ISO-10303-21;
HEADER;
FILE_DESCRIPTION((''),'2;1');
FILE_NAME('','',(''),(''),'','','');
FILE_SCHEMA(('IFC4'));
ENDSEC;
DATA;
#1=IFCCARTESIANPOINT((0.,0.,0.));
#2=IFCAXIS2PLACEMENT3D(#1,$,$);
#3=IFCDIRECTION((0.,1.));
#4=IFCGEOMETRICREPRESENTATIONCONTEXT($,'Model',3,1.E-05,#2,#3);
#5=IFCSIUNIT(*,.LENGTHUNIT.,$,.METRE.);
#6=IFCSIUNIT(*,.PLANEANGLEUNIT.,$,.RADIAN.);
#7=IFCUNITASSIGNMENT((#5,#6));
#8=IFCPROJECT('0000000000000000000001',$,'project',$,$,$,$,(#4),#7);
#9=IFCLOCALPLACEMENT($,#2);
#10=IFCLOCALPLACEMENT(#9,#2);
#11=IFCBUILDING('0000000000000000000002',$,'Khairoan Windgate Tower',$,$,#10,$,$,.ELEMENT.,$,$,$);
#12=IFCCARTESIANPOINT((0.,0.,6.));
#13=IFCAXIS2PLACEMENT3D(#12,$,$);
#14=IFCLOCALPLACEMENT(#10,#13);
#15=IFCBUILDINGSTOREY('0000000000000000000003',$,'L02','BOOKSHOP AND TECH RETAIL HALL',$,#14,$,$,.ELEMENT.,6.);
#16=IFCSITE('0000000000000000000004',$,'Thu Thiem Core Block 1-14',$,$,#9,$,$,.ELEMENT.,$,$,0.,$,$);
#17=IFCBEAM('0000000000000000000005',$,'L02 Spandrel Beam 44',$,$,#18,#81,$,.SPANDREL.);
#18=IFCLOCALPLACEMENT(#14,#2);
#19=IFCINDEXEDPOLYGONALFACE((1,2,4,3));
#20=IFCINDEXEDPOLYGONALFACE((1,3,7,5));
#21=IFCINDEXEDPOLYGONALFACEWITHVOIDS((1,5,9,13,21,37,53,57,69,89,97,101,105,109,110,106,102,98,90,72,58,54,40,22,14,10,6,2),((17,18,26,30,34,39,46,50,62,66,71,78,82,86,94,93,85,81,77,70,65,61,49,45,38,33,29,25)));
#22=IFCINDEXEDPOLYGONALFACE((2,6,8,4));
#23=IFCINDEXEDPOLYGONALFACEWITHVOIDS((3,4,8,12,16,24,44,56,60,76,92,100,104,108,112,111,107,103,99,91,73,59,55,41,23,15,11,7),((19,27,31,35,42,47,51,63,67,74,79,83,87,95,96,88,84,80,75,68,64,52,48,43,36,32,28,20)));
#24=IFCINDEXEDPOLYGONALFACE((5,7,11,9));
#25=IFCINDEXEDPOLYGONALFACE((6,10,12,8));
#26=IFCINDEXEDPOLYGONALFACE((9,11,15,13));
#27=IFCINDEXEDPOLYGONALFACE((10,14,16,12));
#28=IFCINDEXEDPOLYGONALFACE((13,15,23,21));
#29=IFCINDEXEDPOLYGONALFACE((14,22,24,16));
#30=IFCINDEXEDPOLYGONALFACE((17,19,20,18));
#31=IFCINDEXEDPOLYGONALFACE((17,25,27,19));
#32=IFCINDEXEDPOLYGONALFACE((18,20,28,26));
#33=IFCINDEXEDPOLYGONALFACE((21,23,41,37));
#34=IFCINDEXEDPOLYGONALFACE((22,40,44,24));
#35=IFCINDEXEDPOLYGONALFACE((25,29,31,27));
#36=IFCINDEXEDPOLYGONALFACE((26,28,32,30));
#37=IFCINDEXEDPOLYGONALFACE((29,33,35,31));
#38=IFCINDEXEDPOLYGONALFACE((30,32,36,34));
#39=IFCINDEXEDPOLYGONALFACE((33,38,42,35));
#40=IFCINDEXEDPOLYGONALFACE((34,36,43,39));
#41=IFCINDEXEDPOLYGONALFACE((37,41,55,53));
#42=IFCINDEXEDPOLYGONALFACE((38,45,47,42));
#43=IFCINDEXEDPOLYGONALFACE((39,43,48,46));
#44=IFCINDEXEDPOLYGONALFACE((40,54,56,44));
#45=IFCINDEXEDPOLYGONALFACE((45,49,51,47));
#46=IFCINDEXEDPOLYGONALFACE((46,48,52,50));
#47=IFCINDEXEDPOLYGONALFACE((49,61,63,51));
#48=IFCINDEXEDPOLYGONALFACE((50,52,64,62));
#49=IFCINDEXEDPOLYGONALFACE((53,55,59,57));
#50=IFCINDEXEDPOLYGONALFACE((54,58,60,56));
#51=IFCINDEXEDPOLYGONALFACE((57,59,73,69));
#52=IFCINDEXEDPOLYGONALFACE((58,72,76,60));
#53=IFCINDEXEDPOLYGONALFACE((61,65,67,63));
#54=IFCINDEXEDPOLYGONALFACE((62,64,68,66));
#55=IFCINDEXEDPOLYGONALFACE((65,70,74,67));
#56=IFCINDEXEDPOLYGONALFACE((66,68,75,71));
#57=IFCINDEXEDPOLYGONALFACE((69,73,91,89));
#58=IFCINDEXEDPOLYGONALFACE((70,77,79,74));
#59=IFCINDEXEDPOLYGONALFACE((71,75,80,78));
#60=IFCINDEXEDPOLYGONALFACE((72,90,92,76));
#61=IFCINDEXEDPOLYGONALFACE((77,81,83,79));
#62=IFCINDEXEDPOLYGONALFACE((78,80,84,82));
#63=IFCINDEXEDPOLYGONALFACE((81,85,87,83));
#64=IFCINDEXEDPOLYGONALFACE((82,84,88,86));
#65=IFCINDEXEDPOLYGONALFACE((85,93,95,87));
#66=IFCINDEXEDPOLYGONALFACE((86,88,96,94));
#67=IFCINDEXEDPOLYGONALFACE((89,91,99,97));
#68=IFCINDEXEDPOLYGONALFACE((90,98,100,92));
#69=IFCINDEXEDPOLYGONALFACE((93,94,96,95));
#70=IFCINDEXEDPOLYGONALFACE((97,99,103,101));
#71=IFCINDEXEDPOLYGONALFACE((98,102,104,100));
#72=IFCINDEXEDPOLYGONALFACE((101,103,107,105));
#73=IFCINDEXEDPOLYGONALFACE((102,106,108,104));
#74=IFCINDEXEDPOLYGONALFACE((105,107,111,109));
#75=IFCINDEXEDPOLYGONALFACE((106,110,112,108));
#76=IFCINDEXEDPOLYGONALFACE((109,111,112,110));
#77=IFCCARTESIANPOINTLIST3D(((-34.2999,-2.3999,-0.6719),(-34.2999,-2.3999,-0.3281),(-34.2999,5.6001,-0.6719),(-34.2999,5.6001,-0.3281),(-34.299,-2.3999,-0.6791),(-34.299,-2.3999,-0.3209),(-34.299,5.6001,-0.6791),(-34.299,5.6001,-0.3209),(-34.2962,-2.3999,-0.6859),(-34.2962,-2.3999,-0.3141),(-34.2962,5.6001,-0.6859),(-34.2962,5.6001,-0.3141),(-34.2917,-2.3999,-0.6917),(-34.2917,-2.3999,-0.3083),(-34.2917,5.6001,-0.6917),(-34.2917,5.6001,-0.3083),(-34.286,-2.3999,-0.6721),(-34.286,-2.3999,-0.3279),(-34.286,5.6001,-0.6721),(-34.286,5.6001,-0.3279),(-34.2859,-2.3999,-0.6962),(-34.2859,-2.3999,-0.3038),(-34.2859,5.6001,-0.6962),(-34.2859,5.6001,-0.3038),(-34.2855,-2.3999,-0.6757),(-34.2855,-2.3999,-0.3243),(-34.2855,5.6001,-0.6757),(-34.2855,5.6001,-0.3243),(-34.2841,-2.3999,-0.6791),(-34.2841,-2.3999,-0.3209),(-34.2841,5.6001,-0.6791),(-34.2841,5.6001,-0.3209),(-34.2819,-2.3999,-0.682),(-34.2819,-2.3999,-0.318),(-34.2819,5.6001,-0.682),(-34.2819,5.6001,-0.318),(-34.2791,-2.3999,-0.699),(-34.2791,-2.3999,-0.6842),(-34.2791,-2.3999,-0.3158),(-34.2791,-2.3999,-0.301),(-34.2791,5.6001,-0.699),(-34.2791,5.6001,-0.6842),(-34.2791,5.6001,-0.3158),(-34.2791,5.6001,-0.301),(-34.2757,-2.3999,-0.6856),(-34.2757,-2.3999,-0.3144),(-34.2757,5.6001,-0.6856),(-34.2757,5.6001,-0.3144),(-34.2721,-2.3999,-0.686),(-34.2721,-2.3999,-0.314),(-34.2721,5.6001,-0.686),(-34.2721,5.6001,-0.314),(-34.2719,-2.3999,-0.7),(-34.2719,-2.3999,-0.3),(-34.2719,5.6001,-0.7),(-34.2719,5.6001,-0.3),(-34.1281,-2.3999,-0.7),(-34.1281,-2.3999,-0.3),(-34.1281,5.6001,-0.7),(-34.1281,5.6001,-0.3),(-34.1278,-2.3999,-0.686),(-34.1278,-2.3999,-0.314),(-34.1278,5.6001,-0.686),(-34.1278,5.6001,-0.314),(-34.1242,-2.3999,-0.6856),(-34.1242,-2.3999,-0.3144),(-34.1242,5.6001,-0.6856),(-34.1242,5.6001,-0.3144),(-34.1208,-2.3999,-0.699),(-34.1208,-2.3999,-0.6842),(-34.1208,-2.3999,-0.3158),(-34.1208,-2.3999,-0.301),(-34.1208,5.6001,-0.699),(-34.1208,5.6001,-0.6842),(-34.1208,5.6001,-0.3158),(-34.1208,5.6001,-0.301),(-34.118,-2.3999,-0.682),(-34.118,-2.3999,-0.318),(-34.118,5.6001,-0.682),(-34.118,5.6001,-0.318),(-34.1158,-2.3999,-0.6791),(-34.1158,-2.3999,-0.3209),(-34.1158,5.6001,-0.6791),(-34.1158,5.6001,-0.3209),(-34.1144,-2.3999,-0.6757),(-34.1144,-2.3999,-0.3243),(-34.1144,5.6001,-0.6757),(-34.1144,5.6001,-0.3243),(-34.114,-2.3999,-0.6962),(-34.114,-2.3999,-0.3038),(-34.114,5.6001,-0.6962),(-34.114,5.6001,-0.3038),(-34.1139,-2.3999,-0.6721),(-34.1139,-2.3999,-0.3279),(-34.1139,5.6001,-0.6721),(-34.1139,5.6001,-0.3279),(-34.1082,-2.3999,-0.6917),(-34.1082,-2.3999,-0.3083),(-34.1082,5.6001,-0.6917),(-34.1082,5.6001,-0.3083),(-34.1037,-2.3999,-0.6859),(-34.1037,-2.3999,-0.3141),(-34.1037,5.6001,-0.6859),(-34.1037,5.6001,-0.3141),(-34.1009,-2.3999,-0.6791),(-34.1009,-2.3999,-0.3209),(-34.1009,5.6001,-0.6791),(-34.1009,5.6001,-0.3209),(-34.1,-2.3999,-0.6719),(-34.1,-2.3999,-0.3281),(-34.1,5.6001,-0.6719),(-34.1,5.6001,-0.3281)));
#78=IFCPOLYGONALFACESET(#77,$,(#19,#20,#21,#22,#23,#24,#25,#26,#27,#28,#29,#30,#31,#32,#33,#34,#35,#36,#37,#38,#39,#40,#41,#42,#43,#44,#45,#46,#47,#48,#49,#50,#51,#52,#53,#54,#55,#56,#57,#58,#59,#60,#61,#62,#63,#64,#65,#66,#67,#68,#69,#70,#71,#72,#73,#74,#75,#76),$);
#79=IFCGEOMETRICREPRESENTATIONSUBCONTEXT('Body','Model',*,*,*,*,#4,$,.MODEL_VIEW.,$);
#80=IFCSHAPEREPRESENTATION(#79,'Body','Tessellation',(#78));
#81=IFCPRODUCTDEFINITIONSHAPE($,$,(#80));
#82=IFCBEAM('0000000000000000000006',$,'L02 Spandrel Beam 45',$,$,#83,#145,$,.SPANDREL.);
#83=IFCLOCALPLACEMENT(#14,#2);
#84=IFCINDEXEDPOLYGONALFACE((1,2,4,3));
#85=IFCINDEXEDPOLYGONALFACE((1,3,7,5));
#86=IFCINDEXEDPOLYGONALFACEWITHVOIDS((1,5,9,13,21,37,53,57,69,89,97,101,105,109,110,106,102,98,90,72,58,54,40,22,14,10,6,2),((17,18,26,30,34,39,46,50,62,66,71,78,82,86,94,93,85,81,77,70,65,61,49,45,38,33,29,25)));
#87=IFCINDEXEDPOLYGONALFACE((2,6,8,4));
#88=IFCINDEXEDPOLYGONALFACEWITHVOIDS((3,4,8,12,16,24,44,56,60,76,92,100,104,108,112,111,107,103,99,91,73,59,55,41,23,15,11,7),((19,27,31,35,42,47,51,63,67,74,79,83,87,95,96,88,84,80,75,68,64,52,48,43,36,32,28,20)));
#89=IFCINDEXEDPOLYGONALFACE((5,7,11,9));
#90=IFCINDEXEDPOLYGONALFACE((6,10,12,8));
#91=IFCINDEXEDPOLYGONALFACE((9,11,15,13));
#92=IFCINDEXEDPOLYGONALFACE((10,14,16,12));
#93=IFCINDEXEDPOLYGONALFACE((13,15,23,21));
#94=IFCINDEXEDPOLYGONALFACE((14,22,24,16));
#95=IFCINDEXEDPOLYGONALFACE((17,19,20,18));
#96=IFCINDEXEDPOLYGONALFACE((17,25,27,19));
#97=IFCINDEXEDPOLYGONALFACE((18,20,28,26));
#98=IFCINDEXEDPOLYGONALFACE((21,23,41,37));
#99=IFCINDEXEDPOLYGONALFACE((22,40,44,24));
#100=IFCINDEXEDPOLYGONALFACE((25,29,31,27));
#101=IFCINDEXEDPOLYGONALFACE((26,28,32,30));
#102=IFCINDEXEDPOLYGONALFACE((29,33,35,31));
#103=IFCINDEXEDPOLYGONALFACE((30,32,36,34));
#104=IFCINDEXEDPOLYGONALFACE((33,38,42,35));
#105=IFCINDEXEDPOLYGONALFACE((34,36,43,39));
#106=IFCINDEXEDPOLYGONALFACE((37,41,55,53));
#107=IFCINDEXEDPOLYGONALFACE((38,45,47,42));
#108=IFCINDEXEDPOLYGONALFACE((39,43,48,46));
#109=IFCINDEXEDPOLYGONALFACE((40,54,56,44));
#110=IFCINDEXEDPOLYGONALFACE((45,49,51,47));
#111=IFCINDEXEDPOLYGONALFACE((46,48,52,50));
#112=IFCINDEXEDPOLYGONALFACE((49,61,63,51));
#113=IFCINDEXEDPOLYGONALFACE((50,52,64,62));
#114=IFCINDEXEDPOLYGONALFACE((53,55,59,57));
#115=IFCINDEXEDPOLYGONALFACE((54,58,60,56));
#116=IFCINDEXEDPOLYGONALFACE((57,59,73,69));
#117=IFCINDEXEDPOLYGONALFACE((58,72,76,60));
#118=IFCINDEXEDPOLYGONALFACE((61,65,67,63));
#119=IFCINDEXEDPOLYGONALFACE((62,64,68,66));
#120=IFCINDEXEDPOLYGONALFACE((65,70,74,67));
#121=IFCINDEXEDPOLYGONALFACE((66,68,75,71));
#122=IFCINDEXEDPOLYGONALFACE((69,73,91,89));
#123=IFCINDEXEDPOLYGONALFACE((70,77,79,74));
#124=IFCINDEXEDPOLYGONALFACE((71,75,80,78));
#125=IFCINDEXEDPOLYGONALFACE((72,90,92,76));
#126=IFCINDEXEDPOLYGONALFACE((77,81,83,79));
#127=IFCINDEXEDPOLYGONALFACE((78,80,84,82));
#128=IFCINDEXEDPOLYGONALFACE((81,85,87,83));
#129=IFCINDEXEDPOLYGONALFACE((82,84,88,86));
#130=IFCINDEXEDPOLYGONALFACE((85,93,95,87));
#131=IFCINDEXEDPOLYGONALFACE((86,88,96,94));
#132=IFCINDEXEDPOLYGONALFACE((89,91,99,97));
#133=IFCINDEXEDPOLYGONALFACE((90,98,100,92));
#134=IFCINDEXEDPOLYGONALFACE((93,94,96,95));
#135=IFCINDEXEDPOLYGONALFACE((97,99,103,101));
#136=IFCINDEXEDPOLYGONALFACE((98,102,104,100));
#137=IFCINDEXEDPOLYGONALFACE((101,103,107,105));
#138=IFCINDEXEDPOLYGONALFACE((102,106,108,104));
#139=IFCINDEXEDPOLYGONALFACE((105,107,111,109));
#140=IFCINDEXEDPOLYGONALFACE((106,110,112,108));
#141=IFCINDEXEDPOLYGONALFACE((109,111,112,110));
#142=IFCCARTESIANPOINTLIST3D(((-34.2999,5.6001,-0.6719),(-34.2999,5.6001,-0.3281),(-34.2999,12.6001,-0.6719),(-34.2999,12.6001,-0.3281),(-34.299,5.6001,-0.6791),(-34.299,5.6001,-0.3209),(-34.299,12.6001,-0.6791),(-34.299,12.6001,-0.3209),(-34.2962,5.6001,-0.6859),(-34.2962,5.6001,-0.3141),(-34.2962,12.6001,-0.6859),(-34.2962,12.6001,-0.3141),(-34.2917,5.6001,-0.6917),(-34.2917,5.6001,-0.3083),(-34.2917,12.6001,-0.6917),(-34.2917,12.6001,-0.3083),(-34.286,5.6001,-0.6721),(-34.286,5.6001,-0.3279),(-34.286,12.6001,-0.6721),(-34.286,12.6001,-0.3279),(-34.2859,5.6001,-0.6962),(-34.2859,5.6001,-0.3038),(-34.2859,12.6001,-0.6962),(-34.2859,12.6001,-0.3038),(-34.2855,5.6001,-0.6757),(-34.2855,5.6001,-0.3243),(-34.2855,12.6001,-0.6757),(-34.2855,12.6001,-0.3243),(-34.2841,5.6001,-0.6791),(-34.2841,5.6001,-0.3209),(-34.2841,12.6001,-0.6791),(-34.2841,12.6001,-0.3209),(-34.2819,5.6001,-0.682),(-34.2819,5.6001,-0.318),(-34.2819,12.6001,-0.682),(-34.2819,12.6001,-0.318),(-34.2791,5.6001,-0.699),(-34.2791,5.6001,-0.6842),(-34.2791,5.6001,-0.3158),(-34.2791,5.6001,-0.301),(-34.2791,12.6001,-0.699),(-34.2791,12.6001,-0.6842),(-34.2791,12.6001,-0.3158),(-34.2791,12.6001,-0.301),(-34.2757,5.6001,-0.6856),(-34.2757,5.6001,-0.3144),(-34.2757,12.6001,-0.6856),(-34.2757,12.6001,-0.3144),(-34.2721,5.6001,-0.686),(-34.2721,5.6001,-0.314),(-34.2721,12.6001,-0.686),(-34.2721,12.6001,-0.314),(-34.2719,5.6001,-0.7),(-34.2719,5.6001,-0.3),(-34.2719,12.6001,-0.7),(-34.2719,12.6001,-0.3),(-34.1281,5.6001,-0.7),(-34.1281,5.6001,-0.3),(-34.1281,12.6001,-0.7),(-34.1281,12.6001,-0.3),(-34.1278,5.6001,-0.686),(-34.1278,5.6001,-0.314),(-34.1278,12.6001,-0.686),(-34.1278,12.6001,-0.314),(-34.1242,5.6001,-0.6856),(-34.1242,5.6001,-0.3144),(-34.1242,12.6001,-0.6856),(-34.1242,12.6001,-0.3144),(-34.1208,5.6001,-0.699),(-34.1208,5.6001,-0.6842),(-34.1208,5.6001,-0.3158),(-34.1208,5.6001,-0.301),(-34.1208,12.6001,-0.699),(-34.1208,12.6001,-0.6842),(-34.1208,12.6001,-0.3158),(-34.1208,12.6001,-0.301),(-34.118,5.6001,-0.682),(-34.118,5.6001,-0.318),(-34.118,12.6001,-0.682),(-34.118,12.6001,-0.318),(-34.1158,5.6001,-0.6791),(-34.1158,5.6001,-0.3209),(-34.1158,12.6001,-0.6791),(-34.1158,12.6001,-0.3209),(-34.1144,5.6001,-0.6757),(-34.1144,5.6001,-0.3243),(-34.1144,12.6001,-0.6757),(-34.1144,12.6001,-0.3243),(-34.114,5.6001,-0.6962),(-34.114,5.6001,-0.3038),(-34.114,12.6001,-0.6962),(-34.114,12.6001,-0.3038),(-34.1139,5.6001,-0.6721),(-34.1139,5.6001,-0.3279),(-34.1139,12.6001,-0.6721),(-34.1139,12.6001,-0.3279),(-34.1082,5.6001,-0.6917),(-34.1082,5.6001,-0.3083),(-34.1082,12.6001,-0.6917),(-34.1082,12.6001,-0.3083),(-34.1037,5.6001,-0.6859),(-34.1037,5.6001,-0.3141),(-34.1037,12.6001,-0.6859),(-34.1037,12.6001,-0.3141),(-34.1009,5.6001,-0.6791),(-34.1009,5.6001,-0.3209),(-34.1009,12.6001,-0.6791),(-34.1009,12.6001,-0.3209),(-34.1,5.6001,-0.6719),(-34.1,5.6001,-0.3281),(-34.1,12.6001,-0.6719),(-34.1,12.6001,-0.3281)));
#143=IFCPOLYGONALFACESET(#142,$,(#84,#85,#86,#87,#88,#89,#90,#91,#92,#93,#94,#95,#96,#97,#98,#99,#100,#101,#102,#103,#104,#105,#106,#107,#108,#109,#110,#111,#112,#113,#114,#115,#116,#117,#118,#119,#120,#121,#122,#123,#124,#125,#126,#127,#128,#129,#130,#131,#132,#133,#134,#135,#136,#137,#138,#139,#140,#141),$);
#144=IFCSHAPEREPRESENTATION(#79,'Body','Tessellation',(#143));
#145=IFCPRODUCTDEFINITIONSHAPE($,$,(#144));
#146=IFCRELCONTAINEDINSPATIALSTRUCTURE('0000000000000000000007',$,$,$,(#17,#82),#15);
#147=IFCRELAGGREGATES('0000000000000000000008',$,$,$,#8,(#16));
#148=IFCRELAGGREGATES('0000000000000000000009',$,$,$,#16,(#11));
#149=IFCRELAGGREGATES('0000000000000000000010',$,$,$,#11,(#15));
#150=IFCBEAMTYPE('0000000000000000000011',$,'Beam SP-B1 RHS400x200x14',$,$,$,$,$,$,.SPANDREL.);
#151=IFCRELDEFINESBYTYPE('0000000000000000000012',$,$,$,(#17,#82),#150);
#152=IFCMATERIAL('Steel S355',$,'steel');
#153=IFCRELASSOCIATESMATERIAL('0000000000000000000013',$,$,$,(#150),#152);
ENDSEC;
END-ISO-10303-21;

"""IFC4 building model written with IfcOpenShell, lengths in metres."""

from ifc_helpers import new_model, si_unit, direction, frame, origin, origin_2d, place, context, subcontext, project, spatial, hollow_rectangle, extrude, material, material_profile, profile_set, type_object, element, save


model = new_model("IFC4")

# Units and contexts
model_context = context("Model", 3, precision=1e-05, world=origin(), true_north=direction((0.0, 1.0)))
body_context = subcontext(model_context, "Body", "Model", "MODEL_VIEW")
ifc_project = project(units=[si_unit("LENGTHUNIT", "METRE"), si_unit("PLANEANGLEUNIT", "RADIAN")], contexts=[model_context])

# Site, building, storey
site_placement = place(None, origin())
site = spatial("IfcSite", under=ifc_project, at=site_placement, Name="Thu Thiem Core Block 1-14", CompositionType="ELEMENT", RefElevation=0.0)
building_placement = place(site_placement, origin())
building = spatial("IfcBuilding", under=site, at=building_placement, Name="Khairoan Windgate Tower", CompositionType="ELEMENT")
storey_placement = place(building_placement, frame((0.0, 0.0, 6.0)))
storey = spatial("IfcBuildingStorey", under=building, at=storey_placement, Name="L02", Description="BOOKSHOP AND TECH RETAIL HALL", CompositionType="ELEMENT", Elevation=6.0)

# Beams
ifc_material_1 = material(Name="Steel S355", Category="steel")
ifc_material_profile_1 = material_profile(ifc_material_1, hollow_rectangle(XDim=0.2, YDim=0.3999, WallThickness=0.0139, InnerFilletRadius=0.0139, OuterFilletRadius=0.0281, at=origin_2d()))
ifc_profile_set_1 = profile_set([ifc_material_profile_1], Name="Steel S355")
beam_type_1 = type_object("IfcBeamType", Name="Beam SP-B1 RHS400x200x14", PredefinedType="SPANDREL", material=ifc_profile_set_1)
beam_1_placement = place(storey_placement, frame((-34.2, -2.3999, -0.5), z_axis=(0.0, 1.0, 0.0), x_axis=(-1.0, 0.0, 0.0)))
element("IfcBeam", 1, at=beam_1_placement, inside=storey, type_object=beam_type_1, Name="L02 Spandrel Beam 44", PredefinedType="SPANDREL", context=body_context, shape_type="SweptSolid", body=[
    extrude(hollow_rectangle(XDim=0.2, YDim=0.3999, WallThickness=0.0139, InnerFilletRadius=0.0139, OuterFilletRadius=0.0281, at=origin_2d()), origin(), (0.0, 0.0, 1.0), 8.0),
])
beam_2_placement = place(storey_placement, frame((-34.2, 5.6001, -0.5), z_axis=(0.0, 1.0, 0.0), x_axis=(-1.0, 0.0, 0.0)))
element("IfcBeam", 2, at=beam_2_placement, inside=storey, type_object=beam_type_1, Name="L02 Spandrel Beam 45", PredefinedType="SPANDREL", context=body_context, shape_type="SweptSolid", body=[
    extrude(hollow_rectangle(XDim=0.2, YDim=0.3999, WallThickness=0.0139, InnerFilletRadius=0.0139, OuterFilletRadius=0.0281, at=origin_2d()), origin(), (0.0, 0.0, 1.0), 7.0),
])

save(model, "model.ifc")
